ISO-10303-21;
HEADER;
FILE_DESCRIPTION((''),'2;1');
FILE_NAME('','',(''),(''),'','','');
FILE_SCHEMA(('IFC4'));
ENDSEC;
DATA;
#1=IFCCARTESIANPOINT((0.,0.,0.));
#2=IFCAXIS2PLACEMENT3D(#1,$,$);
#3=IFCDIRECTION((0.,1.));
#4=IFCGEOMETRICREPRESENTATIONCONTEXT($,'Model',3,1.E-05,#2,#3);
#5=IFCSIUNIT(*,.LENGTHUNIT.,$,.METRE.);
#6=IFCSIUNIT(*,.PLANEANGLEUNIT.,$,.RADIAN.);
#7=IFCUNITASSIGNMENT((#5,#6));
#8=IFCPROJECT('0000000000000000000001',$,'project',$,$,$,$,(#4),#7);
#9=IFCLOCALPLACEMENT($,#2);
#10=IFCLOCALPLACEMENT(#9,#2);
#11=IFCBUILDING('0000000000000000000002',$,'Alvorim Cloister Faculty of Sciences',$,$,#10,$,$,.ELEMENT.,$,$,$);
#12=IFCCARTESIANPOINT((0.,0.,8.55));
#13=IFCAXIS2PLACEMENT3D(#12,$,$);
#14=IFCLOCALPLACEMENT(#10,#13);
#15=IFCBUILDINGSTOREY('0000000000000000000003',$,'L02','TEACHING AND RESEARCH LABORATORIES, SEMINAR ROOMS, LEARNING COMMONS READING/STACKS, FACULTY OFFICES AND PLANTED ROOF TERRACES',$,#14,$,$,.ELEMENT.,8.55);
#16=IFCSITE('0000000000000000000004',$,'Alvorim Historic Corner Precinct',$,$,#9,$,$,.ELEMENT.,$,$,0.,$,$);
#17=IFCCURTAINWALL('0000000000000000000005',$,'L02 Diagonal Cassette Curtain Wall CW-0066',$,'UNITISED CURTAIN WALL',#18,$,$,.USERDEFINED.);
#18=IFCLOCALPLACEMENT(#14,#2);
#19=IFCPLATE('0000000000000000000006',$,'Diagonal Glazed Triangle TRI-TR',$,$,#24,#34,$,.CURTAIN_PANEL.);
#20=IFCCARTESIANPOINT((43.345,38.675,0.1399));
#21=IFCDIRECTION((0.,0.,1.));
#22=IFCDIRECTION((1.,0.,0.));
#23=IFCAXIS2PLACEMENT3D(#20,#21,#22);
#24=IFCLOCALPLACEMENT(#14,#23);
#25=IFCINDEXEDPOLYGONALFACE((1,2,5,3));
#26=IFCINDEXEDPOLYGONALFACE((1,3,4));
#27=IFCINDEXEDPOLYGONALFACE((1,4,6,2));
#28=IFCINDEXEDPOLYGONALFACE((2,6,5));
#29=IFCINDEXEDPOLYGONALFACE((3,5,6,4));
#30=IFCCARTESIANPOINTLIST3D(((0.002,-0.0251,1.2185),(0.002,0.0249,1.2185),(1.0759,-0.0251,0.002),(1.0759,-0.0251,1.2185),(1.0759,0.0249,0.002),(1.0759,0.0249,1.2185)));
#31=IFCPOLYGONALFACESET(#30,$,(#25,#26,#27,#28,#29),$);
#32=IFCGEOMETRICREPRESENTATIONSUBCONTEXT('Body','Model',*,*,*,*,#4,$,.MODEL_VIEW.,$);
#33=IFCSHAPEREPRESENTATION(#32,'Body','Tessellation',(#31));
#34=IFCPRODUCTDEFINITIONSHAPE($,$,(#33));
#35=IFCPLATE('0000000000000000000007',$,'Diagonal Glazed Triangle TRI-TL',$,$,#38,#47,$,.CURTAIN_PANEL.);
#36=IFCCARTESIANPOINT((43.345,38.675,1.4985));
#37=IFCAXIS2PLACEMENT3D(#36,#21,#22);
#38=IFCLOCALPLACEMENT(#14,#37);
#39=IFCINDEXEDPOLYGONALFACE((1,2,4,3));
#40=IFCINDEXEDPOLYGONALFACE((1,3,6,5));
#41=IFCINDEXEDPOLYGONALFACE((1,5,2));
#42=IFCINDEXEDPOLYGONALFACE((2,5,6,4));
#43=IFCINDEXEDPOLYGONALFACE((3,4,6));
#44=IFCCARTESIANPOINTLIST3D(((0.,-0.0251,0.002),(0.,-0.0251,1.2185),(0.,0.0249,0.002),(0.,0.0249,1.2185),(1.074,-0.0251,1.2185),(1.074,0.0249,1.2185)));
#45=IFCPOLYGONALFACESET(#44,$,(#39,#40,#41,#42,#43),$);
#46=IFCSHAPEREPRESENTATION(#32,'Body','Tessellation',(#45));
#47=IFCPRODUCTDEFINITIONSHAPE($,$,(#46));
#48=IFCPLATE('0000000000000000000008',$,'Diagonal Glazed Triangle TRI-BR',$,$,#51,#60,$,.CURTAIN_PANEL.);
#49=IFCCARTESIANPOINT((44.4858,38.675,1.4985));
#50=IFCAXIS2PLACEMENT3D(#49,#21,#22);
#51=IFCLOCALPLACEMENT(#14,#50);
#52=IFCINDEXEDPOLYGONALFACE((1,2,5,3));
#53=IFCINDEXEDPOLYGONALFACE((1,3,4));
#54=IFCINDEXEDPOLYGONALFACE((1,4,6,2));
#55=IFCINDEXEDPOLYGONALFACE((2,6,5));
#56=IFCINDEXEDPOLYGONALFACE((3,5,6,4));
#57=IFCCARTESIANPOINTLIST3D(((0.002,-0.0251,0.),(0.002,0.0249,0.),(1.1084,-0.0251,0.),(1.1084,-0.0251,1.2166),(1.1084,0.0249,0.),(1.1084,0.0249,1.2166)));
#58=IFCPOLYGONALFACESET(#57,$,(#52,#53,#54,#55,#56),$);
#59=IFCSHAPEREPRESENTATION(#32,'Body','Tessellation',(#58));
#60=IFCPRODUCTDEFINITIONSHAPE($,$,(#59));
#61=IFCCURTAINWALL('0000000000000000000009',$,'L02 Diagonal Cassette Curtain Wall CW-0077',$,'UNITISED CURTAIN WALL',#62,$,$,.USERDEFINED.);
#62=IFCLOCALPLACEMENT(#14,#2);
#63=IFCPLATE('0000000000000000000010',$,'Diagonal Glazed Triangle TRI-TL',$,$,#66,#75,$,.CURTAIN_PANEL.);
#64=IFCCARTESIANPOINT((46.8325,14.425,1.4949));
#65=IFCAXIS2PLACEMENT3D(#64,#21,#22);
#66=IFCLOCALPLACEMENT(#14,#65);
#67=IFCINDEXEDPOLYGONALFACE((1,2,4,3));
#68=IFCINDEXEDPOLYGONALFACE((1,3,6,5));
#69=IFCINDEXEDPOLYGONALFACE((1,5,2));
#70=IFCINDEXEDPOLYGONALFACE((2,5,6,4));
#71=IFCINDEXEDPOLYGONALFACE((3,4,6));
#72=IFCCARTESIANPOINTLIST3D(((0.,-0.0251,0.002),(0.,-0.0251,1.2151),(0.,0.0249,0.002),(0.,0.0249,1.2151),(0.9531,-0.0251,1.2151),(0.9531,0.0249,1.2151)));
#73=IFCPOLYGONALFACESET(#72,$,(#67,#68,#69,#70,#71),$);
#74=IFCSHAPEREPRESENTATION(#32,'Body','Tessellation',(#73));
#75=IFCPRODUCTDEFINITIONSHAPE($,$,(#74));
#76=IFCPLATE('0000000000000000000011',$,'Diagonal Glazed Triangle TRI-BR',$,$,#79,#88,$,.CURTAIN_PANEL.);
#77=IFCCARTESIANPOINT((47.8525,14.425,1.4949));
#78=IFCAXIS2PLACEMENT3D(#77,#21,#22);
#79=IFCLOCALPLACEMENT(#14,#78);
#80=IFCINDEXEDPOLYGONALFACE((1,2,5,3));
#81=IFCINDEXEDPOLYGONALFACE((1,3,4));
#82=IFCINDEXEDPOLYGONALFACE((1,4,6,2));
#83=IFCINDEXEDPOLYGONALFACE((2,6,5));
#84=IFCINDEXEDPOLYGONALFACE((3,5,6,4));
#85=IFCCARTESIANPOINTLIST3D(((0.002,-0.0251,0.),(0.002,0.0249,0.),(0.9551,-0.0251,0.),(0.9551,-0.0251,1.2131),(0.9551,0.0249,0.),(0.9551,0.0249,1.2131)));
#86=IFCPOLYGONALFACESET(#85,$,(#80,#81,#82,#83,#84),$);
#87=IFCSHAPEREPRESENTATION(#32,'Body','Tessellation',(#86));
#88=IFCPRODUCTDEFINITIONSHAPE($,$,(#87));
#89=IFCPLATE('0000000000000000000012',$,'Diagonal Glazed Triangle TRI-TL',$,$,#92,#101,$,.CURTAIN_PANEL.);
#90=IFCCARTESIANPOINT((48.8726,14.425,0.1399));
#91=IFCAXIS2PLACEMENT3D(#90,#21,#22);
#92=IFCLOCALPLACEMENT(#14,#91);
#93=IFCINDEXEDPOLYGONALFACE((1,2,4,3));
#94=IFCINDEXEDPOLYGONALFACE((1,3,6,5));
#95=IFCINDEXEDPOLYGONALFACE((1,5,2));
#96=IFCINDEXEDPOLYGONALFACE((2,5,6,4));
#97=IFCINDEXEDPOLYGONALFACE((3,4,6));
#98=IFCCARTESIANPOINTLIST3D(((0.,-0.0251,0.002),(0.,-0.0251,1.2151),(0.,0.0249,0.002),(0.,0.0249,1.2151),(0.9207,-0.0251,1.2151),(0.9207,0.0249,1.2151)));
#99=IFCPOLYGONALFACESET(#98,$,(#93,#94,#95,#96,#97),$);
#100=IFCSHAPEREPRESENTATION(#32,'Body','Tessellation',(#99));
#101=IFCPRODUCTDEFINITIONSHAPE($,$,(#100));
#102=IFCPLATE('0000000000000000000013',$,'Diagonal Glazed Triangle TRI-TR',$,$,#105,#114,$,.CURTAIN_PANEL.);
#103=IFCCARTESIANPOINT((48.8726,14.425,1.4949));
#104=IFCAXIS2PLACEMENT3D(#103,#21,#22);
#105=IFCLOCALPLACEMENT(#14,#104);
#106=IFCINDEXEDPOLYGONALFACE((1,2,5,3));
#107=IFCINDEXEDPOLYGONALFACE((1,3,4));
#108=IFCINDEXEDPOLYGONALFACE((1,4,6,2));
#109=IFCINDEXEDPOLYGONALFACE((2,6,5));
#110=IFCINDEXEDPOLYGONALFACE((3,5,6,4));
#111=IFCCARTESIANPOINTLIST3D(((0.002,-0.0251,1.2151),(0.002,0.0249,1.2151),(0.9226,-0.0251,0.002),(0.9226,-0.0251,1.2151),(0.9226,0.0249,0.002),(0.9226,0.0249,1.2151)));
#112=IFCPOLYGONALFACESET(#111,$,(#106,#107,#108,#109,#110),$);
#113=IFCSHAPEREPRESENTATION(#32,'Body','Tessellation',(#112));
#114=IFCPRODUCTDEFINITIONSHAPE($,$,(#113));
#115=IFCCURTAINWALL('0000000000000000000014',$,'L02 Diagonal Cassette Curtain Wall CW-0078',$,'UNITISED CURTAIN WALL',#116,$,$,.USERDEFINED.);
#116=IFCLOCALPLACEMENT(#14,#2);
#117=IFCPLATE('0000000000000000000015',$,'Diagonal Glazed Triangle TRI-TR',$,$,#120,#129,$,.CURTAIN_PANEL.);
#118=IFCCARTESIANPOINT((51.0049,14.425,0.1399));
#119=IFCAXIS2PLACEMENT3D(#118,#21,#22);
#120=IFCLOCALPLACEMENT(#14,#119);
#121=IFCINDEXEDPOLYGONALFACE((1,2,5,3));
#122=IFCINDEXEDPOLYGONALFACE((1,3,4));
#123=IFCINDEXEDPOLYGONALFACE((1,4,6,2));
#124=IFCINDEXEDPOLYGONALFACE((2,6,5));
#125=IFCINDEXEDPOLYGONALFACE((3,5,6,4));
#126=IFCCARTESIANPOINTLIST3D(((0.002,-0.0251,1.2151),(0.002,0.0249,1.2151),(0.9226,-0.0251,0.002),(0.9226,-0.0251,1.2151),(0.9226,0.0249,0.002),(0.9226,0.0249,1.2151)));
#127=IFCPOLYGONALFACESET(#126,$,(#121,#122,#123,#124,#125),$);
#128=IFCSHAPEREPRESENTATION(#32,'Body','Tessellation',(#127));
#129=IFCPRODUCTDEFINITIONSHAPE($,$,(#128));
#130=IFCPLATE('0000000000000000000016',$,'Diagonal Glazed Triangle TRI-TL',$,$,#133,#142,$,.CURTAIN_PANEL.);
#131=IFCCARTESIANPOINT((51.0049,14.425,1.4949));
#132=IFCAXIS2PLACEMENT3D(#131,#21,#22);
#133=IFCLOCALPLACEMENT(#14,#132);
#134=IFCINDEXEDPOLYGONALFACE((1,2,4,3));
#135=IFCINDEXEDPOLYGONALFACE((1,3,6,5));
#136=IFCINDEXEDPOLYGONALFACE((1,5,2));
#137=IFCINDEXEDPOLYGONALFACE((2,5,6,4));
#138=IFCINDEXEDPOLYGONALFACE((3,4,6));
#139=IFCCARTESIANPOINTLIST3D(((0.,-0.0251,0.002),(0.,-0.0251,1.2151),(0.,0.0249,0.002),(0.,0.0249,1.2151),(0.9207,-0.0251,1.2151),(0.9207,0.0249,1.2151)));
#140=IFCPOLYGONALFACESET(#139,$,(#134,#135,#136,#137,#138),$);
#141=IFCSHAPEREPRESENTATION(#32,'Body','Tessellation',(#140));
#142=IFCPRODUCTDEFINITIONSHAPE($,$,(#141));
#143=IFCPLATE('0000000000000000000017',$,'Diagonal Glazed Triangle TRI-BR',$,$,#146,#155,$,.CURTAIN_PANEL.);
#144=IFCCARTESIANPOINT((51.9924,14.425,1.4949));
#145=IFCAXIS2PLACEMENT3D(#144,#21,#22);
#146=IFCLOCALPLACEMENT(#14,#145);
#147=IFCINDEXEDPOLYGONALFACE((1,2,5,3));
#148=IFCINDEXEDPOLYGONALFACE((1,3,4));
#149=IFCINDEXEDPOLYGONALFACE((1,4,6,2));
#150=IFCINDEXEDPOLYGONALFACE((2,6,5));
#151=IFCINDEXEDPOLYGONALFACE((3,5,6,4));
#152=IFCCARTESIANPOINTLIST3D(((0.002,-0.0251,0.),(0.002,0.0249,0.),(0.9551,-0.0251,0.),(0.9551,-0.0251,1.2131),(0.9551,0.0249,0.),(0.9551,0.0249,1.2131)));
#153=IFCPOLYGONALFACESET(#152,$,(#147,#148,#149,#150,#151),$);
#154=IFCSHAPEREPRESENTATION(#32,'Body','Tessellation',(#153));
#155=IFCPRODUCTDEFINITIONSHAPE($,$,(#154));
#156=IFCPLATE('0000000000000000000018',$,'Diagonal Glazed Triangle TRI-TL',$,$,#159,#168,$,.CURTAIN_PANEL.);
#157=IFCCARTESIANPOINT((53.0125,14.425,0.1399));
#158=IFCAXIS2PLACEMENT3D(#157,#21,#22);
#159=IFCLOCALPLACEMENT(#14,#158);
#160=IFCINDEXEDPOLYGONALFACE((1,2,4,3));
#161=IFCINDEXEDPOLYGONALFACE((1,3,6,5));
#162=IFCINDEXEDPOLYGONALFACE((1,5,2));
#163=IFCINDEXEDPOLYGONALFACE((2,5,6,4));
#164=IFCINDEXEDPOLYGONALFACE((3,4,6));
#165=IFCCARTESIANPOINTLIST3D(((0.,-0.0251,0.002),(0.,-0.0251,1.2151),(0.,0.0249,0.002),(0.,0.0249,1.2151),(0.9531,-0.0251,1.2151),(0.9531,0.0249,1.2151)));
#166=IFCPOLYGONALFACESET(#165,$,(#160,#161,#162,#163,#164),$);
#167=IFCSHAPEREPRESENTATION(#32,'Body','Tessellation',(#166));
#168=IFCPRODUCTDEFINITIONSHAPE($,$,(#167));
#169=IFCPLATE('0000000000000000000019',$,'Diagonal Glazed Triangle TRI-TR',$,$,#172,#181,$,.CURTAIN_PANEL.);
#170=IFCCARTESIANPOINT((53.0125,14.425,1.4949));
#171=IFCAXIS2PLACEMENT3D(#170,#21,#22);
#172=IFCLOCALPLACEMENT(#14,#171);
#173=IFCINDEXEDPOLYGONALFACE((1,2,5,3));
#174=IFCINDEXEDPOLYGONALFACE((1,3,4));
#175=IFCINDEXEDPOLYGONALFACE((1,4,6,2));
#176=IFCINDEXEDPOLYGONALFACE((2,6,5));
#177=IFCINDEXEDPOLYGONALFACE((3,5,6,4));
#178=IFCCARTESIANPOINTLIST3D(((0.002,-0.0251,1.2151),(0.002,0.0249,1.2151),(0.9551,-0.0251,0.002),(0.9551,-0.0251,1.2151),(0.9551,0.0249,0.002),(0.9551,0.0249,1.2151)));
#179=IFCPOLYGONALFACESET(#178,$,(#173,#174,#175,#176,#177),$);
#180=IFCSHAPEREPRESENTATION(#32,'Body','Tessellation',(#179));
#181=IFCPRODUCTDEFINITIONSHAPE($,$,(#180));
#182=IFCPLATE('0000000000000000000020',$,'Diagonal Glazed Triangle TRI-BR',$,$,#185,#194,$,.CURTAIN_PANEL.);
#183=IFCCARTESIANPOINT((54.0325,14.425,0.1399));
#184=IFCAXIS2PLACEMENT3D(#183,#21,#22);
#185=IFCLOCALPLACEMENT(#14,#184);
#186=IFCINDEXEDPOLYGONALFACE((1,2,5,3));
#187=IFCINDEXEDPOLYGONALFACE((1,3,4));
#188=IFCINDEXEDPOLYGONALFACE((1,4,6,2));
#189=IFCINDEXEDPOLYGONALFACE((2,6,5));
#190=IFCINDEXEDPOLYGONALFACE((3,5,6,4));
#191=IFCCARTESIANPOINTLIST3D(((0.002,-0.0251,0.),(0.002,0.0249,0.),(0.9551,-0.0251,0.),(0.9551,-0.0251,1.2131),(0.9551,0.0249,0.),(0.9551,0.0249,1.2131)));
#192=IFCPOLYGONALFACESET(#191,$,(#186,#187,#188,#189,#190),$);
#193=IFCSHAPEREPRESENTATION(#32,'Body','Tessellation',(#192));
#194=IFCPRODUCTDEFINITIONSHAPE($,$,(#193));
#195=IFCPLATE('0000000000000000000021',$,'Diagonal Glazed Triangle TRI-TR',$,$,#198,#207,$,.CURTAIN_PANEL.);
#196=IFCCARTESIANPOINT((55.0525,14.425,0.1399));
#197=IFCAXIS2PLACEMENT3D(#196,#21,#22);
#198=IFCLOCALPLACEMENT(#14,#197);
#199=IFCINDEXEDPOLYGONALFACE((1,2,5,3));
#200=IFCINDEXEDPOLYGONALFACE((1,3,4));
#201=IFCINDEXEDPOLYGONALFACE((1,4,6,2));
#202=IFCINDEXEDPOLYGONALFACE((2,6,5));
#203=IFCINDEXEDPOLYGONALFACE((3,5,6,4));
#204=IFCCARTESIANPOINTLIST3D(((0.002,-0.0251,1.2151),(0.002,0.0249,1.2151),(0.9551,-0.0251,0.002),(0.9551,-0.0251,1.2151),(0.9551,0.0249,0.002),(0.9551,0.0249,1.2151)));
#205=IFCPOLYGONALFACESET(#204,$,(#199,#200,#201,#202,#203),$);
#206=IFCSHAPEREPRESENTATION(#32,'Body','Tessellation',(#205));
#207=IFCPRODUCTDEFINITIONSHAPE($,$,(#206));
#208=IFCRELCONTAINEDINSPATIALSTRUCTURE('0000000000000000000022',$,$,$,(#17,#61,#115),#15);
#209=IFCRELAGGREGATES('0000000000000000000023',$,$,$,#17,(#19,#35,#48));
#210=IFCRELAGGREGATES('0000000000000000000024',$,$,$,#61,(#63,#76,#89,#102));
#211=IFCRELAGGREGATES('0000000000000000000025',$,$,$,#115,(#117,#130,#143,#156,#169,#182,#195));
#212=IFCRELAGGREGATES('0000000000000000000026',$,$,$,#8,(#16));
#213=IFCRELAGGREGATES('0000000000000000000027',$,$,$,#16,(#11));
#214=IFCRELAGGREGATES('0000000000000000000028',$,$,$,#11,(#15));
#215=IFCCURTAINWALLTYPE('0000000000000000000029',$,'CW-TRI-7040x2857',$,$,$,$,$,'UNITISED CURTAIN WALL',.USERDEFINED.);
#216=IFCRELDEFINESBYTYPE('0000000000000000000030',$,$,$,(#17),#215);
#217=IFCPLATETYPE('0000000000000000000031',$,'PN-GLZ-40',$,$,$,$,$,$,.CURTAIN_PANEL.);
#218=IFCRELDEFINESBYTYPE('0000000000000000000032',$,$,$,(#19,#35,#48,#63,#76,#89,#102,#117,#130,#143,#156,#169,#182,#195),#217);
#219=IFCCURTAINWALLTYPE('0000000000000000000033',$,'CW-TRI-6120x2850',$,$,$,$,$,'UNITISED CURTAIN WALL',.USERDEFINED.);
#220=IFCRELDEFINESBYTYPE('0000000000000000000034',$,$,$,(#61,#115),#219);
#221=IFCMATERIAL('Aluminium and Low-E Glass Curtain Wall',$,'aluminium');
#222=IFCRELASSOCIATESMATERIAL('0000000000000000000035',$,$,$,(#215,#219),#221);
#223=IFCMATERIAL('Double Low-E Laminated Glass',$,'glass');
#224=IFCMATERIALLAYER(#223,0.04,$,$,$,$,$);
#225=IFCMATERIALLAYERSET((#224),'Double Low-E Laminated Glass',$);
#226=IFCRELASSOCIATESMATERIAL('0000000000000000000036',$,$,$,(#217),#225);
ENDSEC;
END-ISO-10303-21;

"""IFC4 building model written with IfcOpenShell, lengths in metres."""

from ifc_helpers import new_model, si_unit, direction, frame, origin, place, context, subcontext, project, spatial, polyline, outline, extrude, material, layer, layer_set, type_object, element, aggregate, save


model = new_model("IFC4")

# Units and contexts
model_context = context("Model", 3, precision=1e-05, world=origin(), true_north=direction((0.0, 1.0)))
body_context = subcontext(model_context, "Body", "Model", "MODEL_VIEW")
ifc_project = project(units=[si_unit("LENGTHUNIT", "METRE"), si_unit("PLANEANGLEUNIT", "RADIAN")], contexts=[model_context])

# Site, building, storey
site_placement = place(None, origin())
site = spatial("IfcSite", under=ifc_project, at=site_placement, Name="Alvorim Historic Corner Precinct", CompositionType="ELEMENT", RefElevation=0.0)
building_placement = place(site_placement, origin())
building = spatial("IfcBuilding", under=site, at=building_placement, Name="Alvorim Cloister Faculty of Sciences", CompositionType="ELEMENT")
storey_placement = place(building_placement, frame((0.0, 0.0, 8.55)))
storey = spatial("IfcBuildingStorey", under=building, at=storey_placement, Name="L02", Description="TEACHING AND RESEARCH LABORATORIES, SEMINAR ROOMS, LEARNING COMMONS READING/STACKS, FACULTY OFFICES AND PLANTED ROOF TERRACES", CompositionType="ELEMENT", Elevation=8.55)

# Curtain walls, plates
ifc_material_1 = material(Name="Aluminium and Low-E Glass Curtain Wall", Category="aluminium")
curtain_wall_type_1 = type_object("IfcCurtainWallType", Name="CW-TRI-7040x2857", ElementType="UNITISED CURTAIN WALL", PredefinedType="USERDEFINED", material=ifc_material_1)
curtain_wall_1_placement = place(storey_placement, origin())
curtain_wall_1 = element("IfcCurtainWall", 1, at=curtain_wall_1_placement, inside=storey, type_object=curtain_wall_type_1, Name="L02 Diagonal Cassette Curtain Wall CW-0066", ObjectType="UNITISED CURTAIN WALL", PredefinedType="USERDEFINED")
ifc_material_2 = material(Name="Double Low-E Laminated Glass", Category="glass")
ifc_layer_1 = layer(ifc_material_2, 0.04)
ifc_layer_set_1 = layer_set([ifc_layer_1], Name="Double Low-E Laminated Glass")
plate_type = type_object("IfcPlateType", Name="PN-GLZ-40", PredefinedType="CURTAIN_PANEL", material=ifc_layer_set_1)
plate_1_placement = place(storey_placement, frame((43.345, 38.675, 0.1399), z_axis=(0.0, 0.0, 1.0), x_axis=(1.0, 0.0, 0.0)))
plate_1 = element("IfcPlate", 2, at=plate_1_placement, type_object=plate_type, Name="Diagonal Glazed Triangle TRI-TR", PredefinedType="CURTAIN_PANEL", context=body_context, shape_type="SweptSolid", body=[
    extrude(outline(polyline([(1.0759, 0.002), (1.0759, 1.2185), (0.002, 1.2185), (1.0759, 0.002)])), frame((0.0, 0.0249, 0.0), z_axis=(0.0, -1.0, 0.0), x_axis=(1.0, 0.0, 0.0)), (0.0, 0.0, 1.0), 0.05),
])
plate_2_placement = place(storey_placement, frame((43.345, 38.675, 1.4985), z_axis=(0.0, 0.0, 1.0), x_axis=(1.0, 0.0, 0.0)))
plate_2 = element("IfcPlate", 3, at=plate_2_placement, type_object=plate_type, Name="Diagonal Glazed Triangle TRI-TL", PredefinedType="CURTAIN_PANEL", context=body_context, shape_type="SweptSolid", body=[
    extrude(outline(polyline([(1.074, 1.2185), (0.0, 1.2185), (0.0, 0.002), (1.074, 1.2185)])), frame((0.0, 0.0249, 0.0), z_axis=(0.0, -1.0, 0.0), x_axis=(1.0, 0.0, 0.0)), (0.0, 0.0, 1.0), 0.05),
])
plate_3_placement = place(storey_placement, frame((44.4858, 38.675, 1.4985), z_axis=(0.0, 0.0, 1.0), x_axis=(1.0, 0.0, 0.0)))
plate_3 = element("IfcPlate", 4, at=plate_3_placement, type_object=plate_type, Name="Diagonal Glazed Triangle TRI-BR", PredefinedType="CURTAIN_PANEL", context=body_context, shape_type="SweptSolid", body=[
    extrude(outline(polyline([(0.002, 0.0), (1.1084, 0.0), (1.1084, 1.2166), (0.002, 0.0)])), frame((0.0, 0.0249, 0.0), z_axis=(0.0, -1.0, 0.0), x_axis=(1.0, 0.0, 0.0)), (0.0, 0.0, 1.0), 0.05),
])
aggregate(curtain_wall_1, [plate_1, plate_2, plate_3])
curtain_wall_type_2 = type_object("IfcCurtainWallType", Name="CW-TRI-6120x2850", ElementType="UNITISED CURTAIN WALL", PredefinedType="USERDEFINED", material=ifc_material_1)
curtain_wall_2_placement = place(storey_placement, origin())
curtain_wall_2 = element("IfcCurtainWall", 5, at=curtain_wall_2_placement, inside=storey, type_object=curtain_wall_type_2, Name="L02 Diagonal Cassette Curtain Wall CW-0077", ObjectType="UNITISED CURTAIN WALL", PredefinedType="USERDEFINED")
plate_4_placement = place(storey_placement, frame((46.8325, 14.425, 1.4949), z_axis=(0.0, 0.0, 1.0), x_axis=(1.0, 0.0, 0.0)))
plate_4 = element("IfcPlate", 6, at=plate_4_placement, type_object=plate_type, Name="Diagonal Glazed Triangle TRI-TL", PredefinedType="CURTAIN_PANEL", context=body_context, shape_type="SweptSolid", body=[
    extrude(outline(polyline([(0.9531, 1.2151), (0.0, 1.2151), (0.0, 0.002), (0.9531, 1.2151)])), frame((0.0, 0.0249, 0.0), z_axis=(0.0, -1.0, 0.0), x_axis=(1.0, 0.0, 0.0)), (0.0, 0.0, 1.0), 0.05),
])
plate_5_placement = place(storey_placement, frame((47.8525, 14.425, 1.4949), z_axis=(0.0, 0.0, 1.0), x_axis=(1.0, 0.0, 0.0)))
plate_5 = element("IfcPlate", 7, at=plate_5_placement, type_object=plate_type, Name="Diagonal Glazed Triangle TRI-BR", PredefinedType="CURTAIN_PANEL", context=body_context, shape_type="SweptSolid", body=[
    extrude(outline(polyline([(0.002, 0.0), (0.9551, 0.0), (0.9551, 1.2131), (0.002, 0.0)])), frame((0.0, 0.0249, 0.0), z_axis=(0.0, -1.0, 0.0), x_axis=(1.0, 0.0, 0.0)), (0.0, 0.0, 1.0), 0.05),
])
plate_6_placement = place(storey_placement, frame((48.8726, 14.425, 0.1399), z_axis=(0.0, 0.0, 1.0), x_axis=(1.0, 0.0, 0.0)))
plate_6 = element("IfcPlate", 8, at=plate_6_placement, type_object=plate_type, Name="Diagonal Glazed Triangle TRI-TL", PredefinedType="CURTAIN_PANEL", context=body_context, shape_type="SweptSolid", body=[
    extrude(outline(polyline([(0.9207, 1.2151), (0.0, 1.2151), (0.0, 0.002), (0.9207, 1.2151)])), frame((0.0, 0.0249, 0.0), z_axis=(0.0, -1.0, 0.0), x_axis=(1.0, 0.0, 0.0)), (0.0, 0.0, 1.0), 0.05),
])
plate_7_placement = place(storey_placement, frame((48.8726, 14.425, 1.4949), z_axis=(0.0, 0.0, 1.0), x_axis=(1.0, 0.0, 0.0)))
plate_7 = element("IfcPlate", 9, at=plate_7_placement, type_object=plate_type, Name="Diagonal Glazed Triangle TRI-TR", PredefinedType="CURTAIN_PANEL", context=body_context, shape_type="SweptSolid", body=[
    extrude(outline(polyline([(0.9226, 0.002), (0.9226, 1.2151), (0.002, 1.2151), (0.9226, 0.002)])), frame((0.0, 0.0249, 0.0), z_axis=(0.0, -1.0, 0.0), x_axis=(1.0, 0.0, 0.0)), (0.0, 0.0, 1.0), 0.05),
])
aggregate(curtain_wall_2, [plate_4, plate_5, plate_6, plate_7])
curtain_wall_3_placement = place(storey_placement, origin())
curtain_wall_3 = element("IfcCurtainWall", 10, at=curtain_wall_3_placement, inside=storey, type_object=curtain_wall_type_2, Name="L02 Diagonal Cassette Curtain Wall CW-0078", ObjectType="UNITISED CURTAIN WALL", PredefinedType="USERDEFINED")
plate_8_placement = place(storey_placement, frame((51.0049, 14.425, 0.1399), z_axis=(0.0, 0.0, 1.0), x_axis=(1.0, 0.0, 0.0)))
plate_8 = element("IfcPlate", 11, at=plate_8_placement, type_object=plate_type, Name="Diagonal Glazed Triangle TRI-TR", PredefinedType="CURTAIN_PANEL", context=body_context, shape_type="SweptSolid", body=[
    extrude(outline(polyline([(0.9226, 0.002), (0.9226, 1.2151), (0.002, 1.2151), (0.9226, 0.002)])), frame((0.0, 0.0249, 0.0), z_axis=(0.0, -1.0, 0.0), x_axis=(1.0, 0.0, 0.0)), (0.0, 0.0, 1.0), 0.05),
])
plate_9_placement = place(storey_placement, frame((51.0049, 14.425, 1.4949), z_axis=(0.0, 0.0, 1.0), x_axis=(1.0, 0.0, 0.0)))
plate_9 = element("IfcPlate", 12, at=plate_9_placement, type_object=plate_type, Name="Diagonal Glazed Triangle TRI-TL", PredefinedType="CURTAIN_PANEL", context=body_context, shape_type="SweptSolid", body=[
    extrude(outline(polyline([(0.9207, 1.2151), (0.0, 1.2151), (0.0, 0.002), (0.9207, 1.2151)])), frame((0.0, 0.0249, 0.0), z_axis=(0.0, -1.0, 0.0), x_axis=(1.0, 0.0, 0.0)), (0.0, 0.0, 1.0), 0.05),
])
plate_10_placement = place(storey_placement, frame((51.9924, 14.425, 1.4949), z_axis=(0.0, 0.0, 1.0), x_axis=(1.0, 0.0, 0.0)))
plate_10 = element("IfcPlate", 13, at=plate_10_placement, type_object=plate_type, Name="Diagonal Glazed Triangle TRI-BR", PredefinedType="CURTAIN_PANEL", context=body_context, shape_type="SweptSolid", body=[
    extrude(outline(polyline([(0.002, 0.0), (0.9551, 0.0), (0.9551, 1.2131), (0.002, 0.0)])), frame((0.0, 0.0249, 0.0), z_axis=(0.0, -1.0, 0.0), x_axis=(1.0, 0.0, 0.0)), (0.0, 0.0, 1.0), 0.05),
])
plate_11_placement = place(storey_placement, frame((53.0125, 14.425, 0.1399), z_axis=(0.0, 0.0, 1.0), x_axis=(1.0, 0.0, 0.0)))
plate_11 = element("IfcPlate", 14, at=plate_11_placement, type_object=plate_type, Name="Diagonal Glazed Triangle TRI-TL", PredefinedType="CURTAIN_PANEL", context=body_context, shape_type="SweptSolid", body=[
    extrude(outline(polyline([(0.9531, 1.2151), (0.0, 1.2151), (0.0, 0.002), (0.9531, 1.2151)])), frame((0.0, 0.0249, 0.0), z_axis=(0.0, -1.0, 0.0), x_axis=(1.0, 0.0, 0.0)), (0.0, 0.0, 1.0), 0.05),
])
plate_12_placement = place(storey_placement, frame((53.0125, 14.425, 1.4949), z_axis=(0.0, 0.0, 1.0), x_axis=(1.0, 0.0, 0.0)))
plate_12 = element("IfcPlate", 15, at=plate_12_placement, type_object=plate_type, Name="Diagonal Glazed Triangle TRI-TR", PredefinedType="CURTAIN_PANEL", context=body_context, shape_type="SweptSolid", body=[
    extrude(outline(polyline([(0.9551, 0.002), (0.9551, 1.2151), (0.002, 1.2151), (0.9551, 0.002)])), frame((0.0, 0.0249, 0.0), z_axis=(0.0, -1.0, 0.0), x_axis=(1.0, 0.0, 0.0)), (0.0, 0.0, 1.0), 0.05),
])
plate_13_placement = place(storey_placement, frame((54.0325, 14.425, 0.1399), z_axis=(0.0, 0.0, 1.0), x_axis=(1.0, 0.0, 0.0)))
plate_13 = element("IfcPlate", 16, at=plate_13_placement, type_object=plate_type, Name="Diagonal Glazed Triangle TRI-BR", PredefinedType="CURTAIN_PANEL", context=body_context, shape_type="SweptSolid", body=[
    extrude(outline(polyline([(0.002, 0.0), (0.9551, 0.0), (0.9551, 1.2131), (0.002, 0.0)])), frame((0.0, 0.0249, 0.0), z_axis=(0.0, -1.0, 0.0), x_axis=(1.0, 0.0, 0.0)), (0.0, 0.0, 1.0), 0.05),
])
plate_14_placement = place(storey_placement, frame((55.0525, 14.425, 0.1399), z_axis=(0.0, 0.0, 1.0), x_axis=(1.0, 0.0, 0.0)))
plate_14 = element("IfcPlate", 17, at=plate_14_placement, type_object=plate_type, Name="Diagonal Glazed Triangle TRI-TR", PredefinedType="CURTAIN_PANEL", context=body_context, shape_type="SweptSolid", body=[
    extrude(outline(polyline([(0.9551, 0.002), (0.9551, 1.2151), (0.002, 1.2151), (0.9551, 0.002)])), frame((0.0, 0.0249, 0.0), z_axis=(0.0, -1.0, 0.0), x_axis=(1.0, 0.0, 0.0)), (0.0, 0.0, 1.0), 0.05),
])
aggregate(curtain_wall_3, [plate_8, plate_9, plate_10, plate_11, plate_12, plate_13, plate_14])

save(model, "model.ifc")
